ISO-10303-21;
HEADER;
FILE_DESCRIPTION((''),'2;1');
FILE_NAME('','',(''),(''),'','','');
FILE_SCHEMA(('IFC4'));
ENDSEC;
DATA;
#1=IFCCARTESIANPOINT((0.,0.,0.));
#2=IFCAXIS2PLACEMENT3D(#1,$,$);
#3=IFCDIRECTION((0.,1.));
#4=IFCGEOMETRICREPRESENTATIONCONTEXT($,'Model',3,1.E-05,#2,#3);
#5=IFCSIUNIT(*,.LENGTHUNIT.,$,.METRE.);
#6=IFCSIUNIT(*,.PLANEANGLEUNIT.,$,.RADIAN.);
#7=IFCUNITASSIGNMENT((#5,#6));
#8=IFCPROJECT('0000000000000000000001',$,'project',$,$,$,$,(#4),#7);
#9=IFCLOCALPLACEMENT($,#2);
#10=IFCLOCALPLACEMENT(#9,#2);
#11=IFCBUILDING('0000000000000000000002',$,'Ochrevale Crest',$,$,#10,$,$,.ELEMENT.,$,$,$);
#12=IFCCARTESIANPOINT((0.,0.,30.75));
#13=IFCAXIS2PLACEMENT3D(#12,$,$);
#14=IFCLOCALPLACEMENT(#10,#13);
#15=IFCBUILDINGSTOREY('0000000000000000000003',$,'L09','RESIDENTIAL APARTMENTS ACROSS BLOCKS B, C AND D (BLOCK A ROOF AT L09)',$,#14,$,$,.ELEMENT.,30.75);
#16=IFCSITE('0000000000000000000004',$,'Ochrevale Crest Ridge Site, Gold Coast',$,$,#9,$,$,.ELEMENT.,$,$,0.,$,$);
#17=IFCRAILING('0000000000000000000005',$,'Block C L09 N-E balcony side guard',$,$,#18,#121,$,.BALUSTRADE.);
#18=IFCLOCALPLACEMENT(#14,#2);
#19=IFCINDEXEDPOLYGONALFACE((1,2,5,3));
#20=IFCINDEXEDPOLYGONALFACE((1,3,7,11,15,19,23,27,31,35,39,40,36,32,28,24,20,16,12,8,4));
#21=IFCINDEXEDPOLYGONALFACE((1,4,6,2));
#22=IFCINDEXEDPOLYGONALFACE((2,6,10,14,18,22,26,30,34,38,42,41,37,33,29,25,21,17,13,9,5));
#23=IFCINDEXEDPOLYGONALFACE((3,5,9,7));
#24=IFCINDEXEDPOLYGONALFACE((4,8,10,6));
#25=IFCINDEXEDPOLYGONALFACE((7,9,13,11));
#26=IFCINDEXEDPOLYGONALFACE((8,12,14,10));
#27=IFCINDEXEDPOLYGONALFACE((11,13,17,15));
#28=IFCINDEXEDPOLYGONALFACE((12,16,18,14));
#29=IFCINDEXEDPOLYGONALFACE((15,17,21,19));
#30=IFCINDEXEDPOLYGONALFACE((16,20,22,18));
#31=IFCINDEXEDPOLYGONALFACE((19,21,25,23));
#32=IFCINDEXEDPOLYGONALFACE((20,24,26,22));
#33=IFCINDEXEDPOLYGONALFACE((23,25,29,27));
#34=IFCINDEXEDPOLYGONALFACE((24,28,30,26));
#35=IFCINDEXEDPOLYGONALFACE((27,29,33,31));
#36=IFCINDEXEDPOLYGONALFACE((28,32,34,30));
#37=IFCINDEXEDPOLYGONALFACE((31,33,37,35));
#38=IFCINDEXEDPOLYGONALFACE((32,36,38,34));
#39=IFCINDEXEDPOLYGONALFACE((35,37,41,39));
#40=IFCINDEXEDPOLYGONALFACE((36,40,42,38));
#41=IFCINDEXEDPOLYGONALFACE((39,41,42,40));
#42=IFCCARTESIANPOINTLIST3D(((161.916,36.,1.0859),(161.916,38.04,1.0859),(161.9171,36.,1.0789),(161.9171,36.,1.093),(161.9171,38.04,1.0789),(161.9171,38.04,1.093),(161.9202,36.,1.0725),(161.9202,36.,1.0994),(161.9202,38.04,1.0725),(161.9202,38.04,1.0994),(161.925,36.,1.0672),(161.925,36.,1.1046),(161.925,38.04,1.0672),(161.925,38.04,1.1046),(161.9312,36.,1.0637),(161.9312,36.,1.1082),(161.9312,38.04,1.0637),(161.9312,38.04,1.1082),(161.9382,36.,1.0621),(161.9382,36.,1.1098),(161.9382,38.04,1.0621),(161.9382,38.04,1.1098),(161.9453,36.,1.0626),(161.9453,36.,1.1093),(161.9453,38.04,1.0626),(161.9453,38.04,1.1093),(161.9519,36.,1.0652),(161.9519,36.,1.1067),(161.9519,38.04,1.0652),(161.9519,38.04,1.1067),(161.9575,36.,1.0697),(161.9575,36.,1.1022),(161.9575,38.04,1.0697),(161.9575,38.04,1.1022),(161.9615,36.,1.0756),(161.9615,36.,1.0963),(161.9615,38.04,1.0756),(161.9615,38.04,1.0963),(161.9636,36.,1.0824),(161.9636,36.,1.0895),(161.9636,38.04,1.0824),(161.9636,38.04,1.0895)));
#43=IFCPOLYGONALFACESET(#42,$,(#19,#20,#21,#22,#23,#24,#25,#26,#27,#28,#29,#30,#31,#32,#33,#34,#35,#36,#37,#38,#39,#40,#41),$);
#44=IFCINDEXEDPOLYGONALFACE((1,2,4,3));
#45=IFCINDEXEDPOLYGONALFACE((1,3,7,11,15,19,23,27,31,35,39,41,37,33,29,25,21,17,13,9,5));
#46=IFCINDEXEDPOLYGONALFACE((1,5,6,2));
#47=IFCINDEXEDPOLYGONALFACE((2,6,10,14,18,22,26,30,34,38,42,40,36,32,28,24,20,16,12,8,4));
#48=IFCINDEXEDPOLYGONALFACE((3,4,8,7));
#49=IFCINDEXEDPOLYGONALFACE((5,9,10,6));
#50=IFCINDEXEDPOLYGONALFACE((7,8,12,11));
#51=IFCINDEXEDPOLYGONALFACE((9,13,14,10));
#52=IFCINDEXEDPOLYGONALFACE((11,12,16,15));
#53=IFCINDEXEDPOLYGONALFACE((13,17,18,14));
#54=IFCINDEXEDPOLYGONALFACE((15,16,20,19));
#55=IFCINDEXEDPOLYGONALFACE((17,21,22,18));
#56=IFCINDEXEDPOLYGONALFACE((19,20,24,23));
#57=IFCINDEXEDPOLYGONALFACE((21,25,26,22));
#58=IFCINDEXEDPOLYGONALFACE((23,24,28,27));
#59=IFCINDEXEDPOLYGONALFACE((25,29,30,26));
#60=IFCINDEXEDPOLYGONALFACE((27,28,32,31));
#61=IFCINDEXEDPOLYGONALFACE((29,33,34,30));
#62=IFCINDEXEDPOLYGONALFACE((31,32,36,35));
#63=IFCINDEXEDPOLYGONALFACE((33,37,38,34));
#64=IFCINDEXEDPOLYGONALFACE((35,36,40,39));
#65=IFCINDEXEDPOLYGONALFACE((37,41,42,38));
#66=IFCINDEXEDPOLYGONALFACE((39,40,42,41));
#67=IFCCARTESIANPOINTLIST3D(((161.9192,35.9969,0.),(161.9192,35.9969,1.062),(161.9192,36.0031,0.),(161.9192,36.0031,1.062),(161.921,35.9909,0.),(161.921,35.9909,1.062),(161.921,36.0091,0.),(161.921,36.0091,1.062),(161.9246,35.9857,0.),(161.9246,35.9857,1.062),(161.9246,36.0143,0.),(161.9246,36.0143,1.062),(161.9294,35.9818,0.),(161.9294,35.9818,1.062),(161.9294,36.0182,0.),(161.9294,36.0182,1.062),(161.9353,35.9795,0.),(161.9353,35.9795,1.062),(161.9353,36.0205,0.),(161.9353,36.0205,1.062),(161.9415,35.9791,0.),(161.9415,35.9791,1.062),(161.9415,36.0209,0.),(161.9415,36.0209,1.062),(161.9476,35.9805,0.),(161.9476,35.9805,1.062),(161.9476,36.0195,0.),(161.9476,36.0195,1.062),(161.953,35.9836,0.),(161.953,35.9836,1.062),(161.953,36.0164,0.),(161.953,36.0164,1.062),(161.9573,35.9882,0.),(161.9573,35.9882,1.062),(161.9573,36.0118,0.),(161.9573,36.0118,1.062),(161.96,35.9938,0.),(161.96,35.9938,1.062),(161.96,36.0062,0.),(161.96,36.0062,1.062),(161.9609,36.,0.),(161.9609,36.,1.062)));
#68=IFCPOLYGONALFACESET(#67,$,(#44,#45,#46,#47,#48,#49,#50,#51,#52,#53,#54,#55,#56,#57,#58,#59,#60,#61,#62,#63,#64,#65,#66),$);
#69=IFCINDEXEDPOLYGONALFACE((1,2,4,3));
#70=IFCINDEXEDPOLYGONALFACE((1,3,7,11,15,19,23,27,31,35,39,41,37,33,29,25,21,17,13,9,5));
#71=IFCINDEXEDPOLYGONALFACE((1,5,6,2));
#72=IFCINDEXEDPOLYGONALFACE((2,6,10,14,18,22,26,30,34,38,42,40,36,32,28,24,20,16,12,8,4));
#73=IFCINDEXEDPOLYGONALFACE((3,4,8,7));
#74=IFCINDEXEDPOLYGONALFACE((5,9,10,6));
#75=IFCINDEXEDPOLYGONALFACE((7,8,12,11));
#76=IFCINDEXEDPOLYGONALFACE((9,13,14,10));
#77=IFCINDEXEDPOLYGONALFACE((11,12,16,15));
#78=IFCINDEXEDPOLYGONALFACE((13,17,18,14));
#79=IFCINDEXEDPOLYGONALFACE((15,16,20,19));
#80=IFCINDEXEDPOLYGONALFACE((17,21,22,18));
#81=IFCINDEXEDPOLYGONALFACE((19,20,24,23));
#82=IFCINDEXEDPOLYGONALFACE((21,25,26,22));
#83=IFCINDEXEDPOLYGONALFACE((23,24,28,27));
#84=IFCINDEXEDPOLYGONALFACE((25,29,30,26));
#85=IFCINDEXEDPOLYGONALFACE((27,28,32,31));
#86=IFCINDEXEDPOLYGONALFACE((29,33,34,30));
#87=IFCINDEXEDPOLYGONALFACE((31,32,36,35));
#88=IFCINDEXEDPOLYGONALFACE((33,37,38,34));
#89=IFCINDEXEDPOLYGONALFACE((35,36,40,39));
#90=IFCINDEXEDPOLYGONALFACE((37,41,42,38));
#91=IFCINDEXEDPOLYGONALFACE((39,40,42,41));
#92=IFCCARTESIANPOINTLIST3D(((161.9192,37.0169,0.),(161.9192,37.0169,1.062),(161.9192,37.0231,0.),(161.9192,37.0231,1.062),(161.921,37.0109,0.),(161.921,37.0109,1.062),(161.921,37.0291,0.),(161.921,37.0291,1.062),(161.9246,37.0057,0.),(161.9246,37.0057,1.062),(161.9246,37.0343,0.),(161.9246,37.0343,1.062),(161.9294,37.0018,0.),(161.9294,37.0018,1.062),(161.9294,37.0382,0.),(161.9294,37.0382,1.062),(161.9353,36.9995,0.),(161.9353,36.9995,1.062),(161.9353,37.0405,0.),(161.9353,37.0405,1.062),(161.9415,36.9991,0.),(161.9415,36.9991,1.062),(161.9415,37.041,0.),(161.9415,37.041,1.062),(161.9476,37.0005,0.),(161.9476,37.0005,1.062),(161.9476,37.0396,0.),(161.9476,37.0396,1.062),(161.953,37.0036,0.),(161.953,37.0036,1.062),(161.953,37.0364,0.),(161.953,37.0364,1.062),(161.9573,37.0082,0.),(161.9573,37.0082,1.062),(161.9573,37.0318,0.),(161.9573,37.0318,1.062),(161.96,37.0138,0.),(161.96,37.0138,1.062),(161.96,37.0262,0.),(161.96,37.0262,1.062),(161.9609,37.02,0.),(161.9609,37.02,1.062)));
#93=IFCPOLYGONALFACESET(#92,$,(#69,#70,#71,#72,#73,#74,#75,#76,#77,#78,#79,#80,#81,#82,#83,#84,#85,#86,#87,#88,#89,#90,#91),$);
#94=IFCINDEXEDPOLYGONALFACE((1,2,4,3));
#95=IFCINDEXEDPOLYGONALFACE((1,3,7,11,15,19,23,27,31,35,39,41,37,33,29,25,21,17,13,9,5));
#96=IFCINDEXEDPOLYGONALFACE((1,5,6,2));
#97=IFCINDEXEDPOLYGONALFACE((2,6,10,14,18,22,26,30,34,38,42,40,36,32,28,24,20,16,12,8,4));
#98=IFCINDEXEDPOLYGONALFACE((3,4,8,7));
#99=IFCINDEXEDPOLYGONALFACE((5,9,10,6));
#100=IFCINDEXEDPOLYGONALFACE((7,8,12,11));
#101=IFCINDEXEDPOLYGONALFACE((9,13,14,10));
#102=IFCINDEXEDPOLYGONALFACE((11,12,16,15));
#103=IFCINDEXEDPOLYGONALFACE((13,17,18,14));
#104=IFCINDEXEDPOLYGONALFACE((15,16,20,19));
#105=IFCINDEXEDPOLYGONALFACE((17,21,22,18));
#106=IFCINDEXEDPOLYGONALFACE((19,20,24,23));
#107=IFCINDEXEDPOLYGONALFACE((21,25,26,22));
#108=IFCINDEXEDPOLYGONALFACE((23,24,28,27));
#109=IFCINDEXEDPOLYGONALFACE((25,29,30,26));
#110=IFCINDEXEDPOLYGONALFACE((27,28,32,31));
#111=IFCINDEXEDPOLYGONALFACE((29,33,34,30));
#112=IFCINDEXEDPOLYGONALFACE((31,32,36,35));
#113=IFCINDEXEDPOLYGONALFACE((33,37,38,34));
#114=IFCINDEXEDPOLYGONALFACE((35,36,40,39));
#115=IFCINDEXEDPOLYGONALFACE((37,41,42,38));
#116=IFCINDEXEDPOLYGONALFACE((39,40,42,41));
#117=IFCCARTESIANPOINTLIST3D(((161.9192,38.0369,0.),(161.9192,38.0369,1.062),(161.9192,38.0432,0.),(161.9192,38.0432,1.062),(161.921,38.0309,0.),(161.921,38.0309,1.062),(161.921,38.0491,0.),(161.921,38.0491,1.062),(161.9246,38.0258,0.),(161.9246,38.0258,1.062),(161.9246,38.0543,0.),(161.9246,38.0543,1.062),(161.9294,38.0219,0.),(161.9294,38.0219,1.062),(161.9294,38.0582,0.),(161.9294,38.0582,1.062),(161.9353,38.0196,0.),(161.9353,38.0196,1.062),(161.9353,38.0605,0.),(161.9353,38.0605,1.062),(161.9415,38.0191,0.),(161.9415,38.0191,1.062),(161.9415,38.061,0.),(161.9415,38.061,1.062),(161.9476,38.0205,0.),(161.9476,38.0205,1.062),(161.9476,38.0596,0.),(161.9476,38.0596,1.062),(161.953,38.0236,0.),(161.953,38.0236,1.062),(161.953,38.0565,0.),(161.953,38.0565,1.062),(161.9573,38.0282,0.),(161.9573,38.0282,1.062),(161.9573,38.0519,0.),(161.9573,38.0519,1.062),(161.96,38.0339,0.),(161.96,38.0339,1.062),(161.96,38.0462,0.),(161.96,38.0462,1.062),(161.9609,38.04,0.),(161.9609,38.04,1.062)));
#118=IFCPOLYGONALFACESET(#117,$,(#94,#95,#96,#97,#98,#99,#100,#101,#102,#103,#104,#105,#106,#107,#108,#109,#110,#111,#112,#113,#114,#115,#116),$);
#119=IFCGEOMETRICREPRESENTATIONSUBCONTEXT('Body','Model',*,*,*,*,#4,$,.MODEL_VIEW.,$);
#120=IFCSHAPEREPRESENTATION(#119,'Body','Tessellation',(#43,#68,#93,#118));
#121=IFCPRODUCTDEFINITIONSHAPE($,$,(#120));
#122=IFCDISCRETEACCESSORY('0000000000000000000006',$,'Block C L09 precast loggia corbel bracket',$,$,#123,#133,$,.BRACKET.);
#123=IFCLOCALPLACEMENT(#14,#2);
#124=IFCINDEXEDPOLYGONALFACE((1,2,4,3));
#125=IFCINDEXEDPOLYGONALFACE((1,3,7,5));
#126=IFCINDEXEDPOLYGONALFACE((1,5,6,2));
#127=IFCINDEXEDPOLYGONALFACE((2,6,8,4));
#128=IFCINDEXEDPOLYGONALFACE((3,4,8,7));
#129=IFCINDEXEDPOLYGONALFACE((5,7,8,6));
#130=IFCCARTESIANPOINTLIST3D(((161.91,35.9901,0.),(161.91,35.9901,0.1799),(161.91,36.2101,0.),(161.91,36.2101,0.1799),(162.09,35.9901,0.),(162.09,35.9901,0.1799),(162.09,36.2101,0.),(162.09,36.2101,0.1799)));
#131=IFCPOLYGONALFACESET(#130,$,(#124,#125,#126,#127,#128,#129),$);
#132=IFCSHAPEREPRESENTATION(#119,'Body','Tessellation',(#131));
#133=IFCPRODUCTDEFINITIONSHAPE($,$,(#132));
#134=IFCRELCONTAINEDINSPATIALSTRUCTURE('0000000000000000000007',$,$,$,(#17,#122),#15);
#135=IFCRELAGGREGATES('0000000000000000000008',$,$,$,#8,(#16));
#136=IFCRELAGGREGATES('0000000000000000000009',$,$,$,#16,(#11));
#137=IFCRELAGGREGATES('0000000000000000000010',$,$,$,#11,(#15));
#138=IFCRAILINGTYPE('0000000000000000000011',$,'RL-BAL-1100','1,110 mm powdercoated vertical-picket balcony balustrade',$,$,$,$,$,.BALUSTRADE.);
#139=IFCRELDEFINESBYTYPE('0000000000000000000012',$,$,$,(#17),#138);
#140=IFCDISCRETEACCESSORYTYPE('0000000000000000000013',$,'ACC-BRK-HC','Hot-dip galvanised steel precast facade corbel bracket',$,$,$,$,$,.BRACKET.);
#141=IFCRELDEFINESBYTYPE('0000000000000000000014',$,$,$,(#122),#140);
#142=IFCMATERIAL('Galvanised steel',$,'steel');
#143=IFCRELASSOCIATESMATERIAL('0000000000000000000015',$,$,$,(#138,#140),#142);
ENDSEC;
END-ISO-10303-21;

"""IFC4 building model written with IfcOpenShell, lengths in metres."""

from ifc_helpers import new_model, si_unit, direction, frame, origin, origin_2d, place, context, subcontext, project, spatial, rectangle, circle, extrude, material, type_object, element, save


model = new_model("IFC4")

# Units and contexts
model_context = context("Model", 3, precision=1e-05, world=origin(), true_north=direction((0.0, 1.0)))
body_context = subcontext(model_context, "Body", "Model", "MODEL_VIEW")
ifc_project = project(units=[si_unit("LENGTHUNIT", "METRE"), si_unit("PLANEANGLEUNIT", "RADIAN")], contexts=[model_context])

# Site, building, storey
site_placement = place(None, origin())
site = spatial("IfcSite", under=ifc_project, at=site_placement, Name="Ochrevale Crest Ridge Site, Gold Coast", CompositionType="ELEMENT", RefElevation=0.0)
building_placement = place(site_placement, origin())
building = spatial("IfcBuilding", under=site, at=building_placement, Name="Ochrevale Crest", CompositionType="ELEMENT")
storey_placement = place(building_placement, frame((0.0, 0.0, 30.75)))
storey = spatial("IfcBuildingStorey", under=building, at=storey_placement, Name="L09", Description="RESIDENTIAL APARTMENTS ACROSS BLOCKS B, C AND D (BLOCK A ROOF AT L09)", CompositionType="ELEMENT", Elevation=30.75)

# Railing
ifc_material_1 = material(Name="Galvanised steel", Category="steel")
railing_type = type_object("IfcRailingType", Name="RL-BAL-1100", Description="1,110 mm powdercoated vertical-picket balcony balustrade", PredefinedType="BALUSTRADE", material=ifc_material_1)
railing_placement = place(storey_placement, frame((161.9399, 36.0, 0.0)))
element("IfcRailing", 1, at=railing_placement, inside=storey, type_object=railing_type, Name="Block C L09 N-E balcony side guard", PredefinedType="BALUSTRADE", context=body_context, shape_type="SweptSolid", body=[
    extrude(circle(Radius=0.0239, at=origin_2d()), frame((0.0, 0.0, 1.0859), z_axis=(0.0, 1.0, 0.0), x_axis=(-1.0, 0.0, 0.0)), (0.0, 0.0, 1.0), 2.04),
    extrude(circle(Radius=0.021, at=origin_2d()), origin(), (0.0, 0.0, 1.0), 1.062),
    extrude(circle(Radius=0.021, at=origin_2d()), frame((0.0, 1.02, 0.0)), (0.0, 0.0, 1.0), 1.062),
    extrude(circle(Radius=0.021, at=origin_2d()), frame((0.0, 2.04, 0.0)), (0.0, 0.0, 1.0), 1.062),
])

# Discrete accessory
discrete_accessory_type = type_object("IfcDiscreteAccessoryType", Name="ACC-BRK-HC", Description="Hot-dip galvanised steel precast facade corbel bracket", PredefinedType="BRACKET", material=ifc_material_1)
discrete_accessory_placement = place(storey_placement, frame((162.0, 36.1001, 0.0), z_axis=(0.0, 0.0, 1.0), x_axis=(1.0, 0.0, 0.0)))
element("IfcDiscreteAccessory", 2, at=discrete_accessory_placement, inside=storey, type_object=discrete_accessory_type, Name="Block C L09 precast loggia corbel bracket", PredefinedType="BRACKET", context=body_context, shape_type="SweptSolid", body=[
    extrude(rectangle(XDim=0.1799, YDim=0.22, at=origin_2d()), origin(), (0.0, 0.0, 1.0), 0.1799),
])

save(model, "model.ifc")
